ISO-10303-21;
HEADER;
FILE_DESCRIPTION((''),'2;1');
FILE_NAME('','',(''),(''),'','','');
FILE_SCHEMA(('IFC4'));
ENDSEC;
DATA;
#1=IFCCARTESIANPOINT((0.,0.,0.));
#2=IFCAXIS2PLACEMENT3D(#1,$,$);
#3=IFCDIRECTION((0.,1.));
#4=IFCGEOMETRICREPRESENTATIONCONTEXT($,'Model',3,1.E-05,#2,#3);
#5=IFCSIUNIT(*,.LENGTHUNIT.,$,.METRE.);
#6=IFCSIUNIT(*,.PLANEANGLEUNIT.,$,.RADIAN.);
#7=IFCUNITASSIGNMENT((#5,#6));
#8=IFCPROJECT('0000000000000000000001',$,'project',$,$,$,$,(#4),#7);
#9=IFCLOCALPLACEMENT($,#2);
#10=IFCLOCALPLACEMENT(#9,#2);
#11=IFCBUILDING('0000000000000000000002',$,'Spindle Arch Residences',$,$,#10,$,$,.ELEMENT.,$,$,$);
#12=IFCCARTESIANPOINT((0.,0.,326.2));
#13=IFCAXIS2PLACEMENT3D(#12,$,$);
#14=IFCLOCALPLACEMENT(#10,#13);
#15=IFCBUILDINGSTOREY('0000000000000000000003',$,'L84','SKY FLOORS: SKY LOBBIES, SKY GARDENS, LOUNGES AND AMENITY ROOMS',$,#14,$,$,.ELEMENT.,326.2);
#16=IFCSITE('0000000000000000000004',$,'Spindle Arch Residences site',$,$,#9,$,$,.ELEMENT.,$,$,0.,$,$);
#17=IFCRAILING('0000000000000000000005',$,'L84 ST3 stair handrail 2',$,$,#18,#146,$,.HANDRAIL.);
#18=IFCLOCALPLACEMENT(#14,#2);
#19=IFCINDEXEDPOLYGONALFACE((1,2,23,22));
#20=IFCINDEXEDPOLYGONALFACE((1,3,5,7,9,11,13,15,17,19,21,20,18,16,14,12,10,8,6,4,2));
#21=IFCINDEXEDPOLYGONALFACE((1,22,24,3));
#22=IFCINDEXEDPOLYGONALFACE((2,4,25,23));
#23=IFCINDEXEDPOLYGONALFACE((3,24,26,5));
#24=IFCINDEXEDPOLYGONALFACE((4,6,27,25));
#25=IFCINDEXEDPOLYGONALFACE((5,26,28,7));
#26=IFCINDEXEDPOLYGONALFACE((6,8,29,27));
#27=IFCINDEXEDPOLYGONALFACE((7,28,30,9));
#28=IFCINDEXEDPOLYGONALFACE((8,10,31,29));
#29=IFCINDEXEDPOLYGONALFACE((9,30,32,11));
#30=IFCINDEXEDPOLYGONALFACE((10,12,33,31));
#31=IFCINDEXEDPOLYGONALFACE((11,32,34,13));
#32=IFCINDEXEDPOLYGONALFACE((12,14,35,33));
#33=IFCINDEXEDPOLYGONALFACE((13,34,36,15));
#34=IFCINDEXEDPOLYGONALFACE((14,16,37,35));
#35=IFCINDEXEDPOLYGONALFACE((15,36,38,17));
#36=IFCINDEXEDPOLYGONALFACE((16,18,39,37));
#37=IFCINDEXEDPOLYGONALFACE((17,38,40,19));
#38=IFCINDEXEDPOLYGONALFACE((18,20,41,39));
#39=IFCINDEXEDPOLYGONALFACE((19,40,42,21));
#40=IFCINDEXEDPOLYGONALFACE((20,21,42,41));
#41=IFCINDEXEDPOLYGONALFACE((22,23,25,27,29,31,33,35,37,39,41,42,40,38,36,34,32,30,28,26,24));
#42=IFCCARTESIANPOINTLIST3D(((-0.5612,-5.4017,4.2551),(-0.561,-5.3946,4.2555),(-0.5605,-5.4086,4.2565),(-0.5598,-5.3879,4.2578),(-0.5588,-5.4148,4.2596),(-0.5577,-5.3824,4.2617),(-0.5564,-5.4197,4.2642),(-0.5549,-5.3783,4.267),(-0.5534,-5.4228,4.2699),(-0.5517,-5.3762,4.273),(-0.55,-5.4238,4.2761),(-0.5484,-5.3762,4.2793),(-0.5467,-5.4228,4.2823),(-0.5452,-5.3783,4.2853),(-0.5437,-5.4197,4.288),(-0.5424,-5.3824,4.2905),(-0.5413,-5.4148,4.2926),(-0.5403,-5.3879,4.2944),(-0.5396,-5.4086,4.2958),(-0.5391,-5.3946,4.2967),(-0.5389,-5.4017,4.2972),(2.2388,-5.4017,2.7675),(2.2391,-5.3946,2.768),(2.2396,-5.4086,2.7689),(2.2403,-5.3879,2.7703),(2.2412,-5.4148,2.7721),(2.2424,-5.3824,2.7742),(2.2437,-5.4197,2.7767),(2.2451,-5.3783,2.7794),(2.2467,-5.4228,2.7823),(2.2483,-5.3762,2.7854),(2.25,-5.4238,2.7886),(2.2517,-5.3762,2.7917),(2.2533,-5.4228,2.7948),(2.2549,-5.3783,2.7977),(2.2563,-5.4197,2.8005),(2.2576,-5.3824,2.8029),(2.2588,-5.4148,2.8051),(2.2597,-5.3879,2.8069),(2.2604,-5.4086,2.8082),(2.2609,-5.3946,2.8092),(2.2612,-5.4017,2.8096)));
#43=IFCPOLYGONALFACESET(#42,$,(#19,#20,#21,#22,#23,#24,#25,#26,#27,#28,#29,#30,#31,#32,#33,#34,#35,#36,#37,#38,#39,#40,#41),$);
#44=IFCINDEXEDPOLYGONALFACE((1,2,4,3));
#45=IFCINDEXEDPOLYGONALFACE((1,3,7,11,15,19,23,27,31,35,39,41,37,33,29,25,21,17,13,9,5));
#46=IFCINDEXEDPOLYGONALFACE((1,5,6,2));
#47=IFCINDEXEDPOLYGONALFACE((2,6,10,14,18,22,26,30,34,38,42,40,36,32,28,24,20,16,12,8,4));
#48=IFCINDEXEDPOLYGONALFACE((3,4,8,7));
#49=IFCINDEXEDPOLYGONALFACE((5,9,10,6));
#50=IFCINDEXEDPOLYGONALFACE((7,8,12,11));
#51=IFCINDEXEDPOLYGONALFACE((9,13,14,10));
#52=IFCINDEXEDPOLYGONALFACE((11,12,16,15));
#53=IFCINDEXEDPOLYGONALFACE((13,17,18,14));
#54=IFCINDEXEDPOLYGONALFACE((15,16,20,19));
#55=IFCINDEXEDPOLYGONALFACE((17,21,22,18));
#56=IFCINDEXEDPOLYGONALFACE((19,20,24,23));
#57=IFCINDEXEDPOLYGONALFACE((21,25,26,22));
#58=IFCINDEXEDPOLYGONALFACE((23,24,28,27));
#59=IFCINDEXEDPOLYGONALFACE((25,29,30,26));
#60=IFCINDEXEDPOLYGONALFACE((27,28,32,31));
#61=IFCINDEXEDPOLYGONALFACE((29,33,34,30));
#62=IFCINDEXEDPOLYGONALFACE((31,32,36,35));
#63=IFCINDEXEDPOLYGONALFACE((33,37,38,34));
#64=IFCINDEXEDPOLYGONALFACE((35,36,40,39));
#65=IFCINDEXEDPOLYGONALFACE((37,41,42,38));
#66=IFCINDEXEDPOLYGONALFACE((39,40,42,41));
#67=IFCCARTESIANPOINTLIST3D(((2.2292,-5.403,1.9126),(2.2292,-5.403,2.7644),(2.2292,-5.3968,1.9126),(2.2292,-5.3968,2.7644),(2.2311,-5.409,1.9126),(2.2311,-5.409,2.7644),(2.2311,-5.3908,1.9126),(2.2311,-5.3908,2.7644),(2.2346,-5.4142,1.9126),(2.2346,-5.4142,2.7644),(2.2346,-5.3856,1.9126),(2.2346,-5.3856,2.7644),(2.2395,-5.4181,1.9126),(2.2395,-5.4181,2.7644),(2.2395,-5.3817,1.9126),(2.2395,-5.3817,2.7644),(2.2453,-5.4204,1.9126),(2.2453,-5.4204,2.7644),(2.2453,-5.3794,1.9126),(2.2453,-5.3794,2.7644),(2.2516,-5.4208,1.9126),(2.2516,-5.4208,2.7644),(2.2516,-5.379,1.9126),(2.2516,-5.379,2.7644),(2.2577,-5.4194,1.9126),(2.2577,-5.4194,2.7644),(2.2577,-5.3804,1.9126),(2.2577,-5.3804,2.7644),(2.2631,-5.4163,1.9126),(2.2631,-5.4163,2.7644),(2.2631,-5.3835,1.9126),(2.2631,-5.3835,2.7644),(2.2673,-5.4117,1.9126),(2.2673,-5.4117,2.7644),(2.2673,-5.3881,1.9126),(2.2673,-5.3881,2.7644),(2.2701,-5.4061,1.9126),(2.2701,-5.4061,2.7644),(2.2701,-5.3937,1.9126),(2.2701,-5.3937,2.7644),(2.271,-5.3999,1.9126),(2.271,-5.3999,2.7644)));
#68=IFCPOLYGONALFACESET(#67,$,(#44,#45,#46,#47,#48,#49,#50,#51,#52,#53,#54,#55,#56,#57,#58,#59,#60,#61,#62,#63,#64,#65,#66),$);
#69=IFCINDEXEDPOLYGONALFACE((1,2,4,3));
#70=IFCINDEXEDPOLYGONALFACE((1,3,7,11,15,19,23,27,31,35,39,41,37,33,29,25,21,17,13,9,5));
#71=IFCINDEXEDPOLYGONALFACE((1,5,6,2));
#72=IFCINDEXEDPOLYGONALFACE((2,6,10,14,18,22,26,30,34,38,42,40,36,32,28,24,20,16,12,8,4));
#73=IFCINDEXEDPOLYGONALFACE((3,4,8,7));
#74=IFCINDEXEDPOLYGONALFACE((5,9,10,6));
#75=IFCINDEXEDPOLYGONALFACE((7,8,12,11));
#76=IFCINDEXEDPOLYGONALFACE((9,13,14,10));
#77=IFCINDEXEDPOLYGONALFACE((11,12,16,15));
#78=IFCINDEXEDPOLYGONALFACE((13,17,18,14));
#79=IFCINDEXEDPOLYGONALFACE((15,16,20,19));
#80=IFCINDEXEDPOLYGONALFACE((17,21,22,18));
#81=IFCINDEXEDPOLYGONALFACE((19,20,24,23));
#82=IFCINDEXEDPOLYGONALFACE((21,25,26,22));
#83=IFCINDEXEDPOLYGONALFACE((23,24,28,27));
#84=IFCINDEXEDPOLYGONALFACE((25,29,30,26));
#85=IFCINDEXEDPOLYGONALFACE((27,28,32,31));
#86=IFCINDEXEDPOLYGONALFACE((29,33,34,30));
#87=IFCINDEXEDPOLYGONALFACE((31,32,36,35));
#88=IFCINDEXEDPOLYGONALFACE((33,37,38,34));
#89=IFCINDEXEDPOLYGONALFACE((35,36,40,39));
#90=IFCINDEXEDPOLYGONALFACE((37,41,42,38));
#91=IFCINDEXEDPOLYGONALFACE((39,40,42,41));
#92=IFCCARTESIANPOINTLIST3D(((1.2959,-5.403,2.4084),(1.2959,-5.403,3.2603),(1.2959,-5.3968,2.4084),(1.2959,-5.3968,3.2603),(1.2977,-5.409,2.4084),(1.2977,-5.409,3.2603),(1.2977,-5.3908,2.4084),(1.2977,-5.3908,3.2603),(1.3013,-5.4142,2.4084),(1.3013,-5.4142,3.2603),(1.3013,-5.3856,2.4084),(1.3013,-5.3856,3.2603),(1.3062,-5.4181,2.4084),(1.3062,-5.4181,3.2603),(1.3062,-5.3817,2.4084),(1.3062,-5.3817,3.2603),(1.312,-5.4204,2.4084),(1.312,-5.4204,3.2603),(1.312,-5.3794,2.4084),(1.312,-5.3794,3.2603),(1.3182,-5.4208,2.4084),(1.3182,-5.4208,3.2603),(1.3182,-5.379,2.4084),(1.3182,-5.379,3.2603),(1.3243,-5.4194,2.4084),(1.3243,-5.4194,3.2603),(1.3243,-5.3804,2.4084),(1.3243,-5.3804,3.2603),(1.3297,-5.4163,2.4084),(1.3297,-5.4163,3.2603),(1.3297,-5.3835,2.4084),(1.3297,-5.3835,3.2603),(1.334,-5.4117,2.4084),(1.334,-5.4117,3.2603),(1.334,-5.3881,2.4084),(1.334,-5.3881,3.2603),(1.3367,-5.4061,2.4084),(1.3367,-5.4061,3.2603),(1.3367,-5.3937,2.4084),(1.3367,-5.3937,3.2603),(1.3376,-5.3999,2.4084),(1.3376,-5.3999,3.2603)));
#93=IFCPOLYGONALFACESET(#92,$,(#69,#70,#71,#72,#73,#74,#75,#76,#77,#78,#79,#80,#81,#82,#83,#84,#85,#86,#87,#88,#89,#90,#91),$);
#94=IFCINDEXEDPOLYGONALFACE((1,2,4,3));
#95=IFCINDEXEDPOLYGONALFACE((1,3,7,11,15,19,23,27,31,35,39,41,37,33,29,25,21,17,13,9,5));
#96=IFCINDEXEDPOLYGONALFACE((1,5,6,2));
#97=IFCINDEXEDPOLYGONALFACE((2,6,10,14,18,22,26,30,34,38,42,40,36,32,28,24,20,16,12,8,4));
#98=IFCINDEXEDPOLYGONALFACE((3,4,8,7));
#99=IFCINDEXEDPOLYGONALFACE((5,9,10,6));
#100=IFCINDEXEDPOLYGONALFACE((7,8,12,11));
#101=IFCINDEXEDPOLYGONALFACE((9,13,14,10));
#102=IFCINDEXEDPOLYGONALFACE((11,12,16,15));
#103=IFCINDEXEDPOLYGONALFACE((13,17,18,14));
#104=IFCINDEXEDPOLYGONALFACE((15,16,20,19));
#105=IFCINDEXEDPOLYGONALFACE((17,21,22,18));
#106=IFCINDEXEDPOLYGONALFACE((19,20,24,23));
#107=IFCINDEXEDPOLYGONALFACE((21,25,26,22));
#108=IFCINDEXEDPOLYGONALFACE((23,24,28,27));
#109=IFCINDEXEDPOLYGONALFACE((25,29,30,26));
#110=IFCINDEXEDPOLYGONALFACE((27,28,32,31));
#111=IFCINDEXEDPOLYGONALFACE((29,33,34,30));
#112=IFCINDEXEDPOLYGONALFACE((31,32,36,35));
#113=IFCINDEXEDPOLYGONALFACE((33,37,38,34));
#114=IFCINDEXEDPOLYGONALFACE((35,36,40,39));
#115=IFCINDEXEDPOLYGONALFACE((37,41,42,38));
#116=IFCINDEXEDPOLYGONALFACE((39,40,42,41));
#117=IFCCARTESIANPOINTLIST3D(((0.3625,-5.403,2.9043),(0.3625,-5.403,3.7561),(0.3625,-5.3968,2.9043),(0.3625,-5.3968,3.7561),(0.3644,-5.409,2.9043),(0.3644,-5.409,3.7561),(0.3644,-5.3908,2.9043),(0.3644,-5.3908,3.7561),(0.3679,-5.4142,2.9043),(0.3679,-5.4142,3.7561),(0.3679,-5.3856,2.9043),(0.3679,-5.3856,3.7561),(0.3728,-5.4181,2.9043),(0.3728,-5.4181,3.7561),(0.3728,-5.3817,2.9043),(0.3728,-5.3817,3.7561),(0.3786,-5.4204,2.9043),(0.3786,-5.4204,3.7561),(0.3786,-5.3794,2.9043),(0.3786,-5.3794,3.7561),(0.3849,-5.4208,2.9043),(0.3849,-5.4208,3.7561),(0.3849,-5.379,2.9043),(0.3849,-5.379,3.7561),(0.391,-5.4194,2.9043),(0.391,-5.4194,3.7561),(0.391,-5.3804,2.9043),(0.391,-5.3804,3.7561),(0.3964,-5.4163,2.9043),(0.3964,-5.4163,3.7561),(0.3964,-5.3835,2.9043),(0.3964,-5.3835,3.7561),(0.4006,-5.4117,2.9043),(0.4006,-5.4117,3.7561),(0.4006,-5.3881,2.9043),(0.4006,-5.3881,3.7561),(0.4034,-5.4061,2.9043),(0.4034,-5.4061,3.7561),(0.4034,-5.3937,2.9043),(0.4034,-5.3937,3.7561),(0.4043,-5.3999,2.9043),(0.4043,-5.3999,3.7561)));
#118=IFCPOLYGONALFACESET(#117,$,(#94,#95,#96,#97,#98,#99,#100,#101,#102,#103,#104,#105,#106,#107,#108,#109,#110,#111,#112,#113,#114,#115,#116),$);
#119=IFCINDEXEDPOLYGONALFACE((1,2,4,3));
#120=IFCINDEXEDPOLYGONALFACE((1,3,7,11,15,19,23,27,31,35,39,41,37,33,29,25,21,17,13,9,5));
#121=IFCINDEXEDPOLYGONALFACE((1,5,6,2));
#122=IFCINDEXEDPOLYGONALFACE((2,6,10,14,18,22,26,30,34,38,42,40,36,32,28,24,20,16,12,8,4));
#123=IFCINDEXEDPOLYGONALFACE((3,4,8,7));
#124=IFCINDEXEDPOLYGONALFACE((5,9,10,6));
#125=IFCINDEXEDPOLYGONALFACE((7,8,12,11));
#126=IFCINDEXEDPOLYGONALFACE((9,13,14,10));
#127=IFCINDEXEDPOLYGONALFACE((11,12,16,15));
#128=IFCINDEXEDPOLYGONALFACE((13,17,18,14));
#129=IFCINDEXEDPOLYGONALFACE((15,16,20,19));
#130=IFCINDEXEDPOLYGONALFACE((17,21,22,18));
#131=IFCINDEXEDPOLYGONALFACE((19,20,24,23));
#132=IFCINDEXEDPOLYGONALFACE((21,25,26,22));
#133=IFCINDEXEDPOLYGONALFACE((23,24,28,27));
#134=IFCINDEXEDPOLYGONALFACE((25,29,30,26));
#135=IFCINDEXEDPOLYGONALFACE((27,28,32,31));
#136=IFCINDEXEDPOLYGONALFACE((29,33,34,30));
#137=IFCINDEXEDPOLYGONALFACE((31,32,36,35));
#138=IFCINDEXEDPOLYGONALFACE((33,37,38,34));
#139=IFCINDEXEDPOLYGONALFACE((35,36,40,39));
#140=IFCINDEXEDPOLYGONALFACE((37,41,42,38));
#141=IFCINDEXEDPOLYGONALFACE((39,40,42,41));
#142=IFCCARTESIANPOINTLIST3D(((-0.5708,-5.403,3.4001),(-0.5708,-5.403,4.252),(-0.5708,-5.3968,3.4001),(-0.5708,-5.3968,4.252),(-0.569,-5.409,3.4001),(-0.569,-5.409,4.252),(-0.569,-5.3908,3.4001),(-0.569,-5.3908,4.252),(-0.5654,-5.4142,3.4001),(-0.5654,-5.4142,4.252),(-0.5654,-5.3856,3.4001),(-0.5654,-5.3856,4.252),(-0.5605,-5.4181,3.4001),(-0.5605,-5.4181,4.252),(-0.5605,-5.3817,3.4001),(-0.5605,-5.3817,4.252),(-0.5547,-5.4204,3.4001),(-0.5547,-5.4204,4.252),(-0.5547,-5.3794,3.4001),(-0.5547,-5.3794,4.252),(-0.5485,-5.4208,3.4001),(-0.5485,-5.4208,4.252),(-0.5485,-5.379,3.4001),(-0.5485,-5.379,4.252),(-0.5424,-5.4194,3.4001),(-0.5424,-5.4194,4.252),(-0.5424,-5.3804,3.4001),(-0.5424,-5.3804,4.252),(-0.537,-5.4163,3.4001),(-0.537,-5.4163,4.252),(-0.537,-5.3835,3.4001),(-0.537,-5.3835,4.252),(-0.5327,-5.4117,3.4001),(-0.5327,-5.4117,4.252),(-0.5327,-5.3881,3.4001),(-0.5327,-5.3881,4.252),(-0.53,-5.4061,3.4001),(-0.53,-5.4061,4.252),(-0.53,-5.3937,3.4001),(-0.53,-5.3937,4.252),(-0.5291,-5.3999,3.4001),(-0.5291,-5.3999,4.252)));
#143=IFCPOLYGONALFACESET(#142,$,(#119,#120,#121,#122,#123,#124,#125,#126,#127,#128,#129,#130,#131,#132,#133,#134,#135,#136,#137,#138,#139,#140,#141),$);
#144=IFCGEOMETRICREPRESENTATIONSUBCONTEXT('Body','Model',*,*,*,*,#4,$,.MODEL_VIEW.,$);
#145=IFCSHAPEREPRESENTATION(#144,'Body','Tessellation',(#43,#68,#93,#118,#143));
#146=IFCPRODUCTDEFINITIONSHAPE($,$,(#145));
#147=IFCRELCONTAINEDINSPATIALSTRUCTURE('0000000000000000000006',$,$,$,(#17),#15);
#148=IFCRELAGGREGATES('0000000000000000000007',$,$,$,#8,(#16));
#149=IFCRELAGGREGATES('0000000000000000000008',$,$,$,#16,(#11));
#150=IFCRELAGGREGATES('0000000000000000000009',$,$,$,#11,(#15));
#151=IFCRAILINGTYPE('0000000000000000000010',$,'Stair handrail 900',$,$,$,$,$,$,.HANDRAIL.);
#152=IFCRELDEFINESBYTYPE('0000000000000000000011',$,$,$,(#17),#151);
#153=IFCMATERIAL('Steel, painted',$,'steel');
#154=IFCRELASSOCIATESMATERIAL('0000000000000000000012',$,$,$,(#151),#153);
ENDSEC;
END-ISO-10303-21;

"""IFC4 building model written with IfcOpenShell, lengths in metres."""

from ifc_helpers import new_model, si_unit, direction, frame, origin, origin_2d, place, context, subcontext, project, spatial, circle, extrude, material, type_object, element, save


model = new_model("IFC4")

# Units and contexts
model_context = context("Model", 3, precision=1e-05, world=origin(), true_north=direction((0.0, 1.0)))
body_context = subcontext(model_context, "Body", "Model", "MODEL_VIEW")
ifc_project = project(units=[si_unit("LENGTHUNIT", "METRE"), si_unit("PLANEANGLEUNIT", "RADIAN")], contexts=[model_context])

# Site, building, storey
site_placement = place(None, origin())
site = spatial("IfcSite", under=ifc_project, at=site_placement, Name="Spindle Arch Residences site", CompositionType="ELEMENT", RefElevation=0.0)
building_placement = place(site_placement, origin())
building = spatial("IfcBuilding", under=site, at=building_placement, Name="Spindle Arch Residences", CompositionType="ELEMENT")
storey_placement = place(building_placement, frame((0.0, 0.0, 326.2)))
storey = spatial("IfcBuildingStorey", under=building, at=storey_placement, Name="L84", Description="SKY FLOORS: SKY LOBBIES, SKY GARDENS, LOUNGES AND AMENITY ROOMS", CompositionType="ELEMENT", Elevation=326.2)

# Railing
ifc_material_1 = material(Name="Steel, painted", Category="steel")
railing_type = type_object("IfcRailingType", Name="Stair handrail 900", PredefinedType="HANDRAIL", material=ifc_material_1)
for number, where, name in (
    (1, (2.25, -5.3999, 1.9126), "L84 ST3 stair handrail 2"),
):
    element("IfcRailing", number, at=place(storey_placement, frame(where)), inside=storey, type_object=railing_type, Name=name, PredefinedType="HANDRAIL", context=body_context, shape_type="SweptSolid", body=[
        extrude(circle(Radius=0.0239, at=origin_2d()), frame((0.0, 0.0, 0.876), z_axis=(-0.883113, 0.0, 0.469161), x_axis=(0.0, -1.0, 0.0)), (0.0, 0.0, 1.0), 3.1707),
        extrude(circle(Radius=0.021, at=origin_2d()), origin(), (0.0, 0.0, 1.0), 0.8518),
        extrude(circle(Radius=0.021, at=origin_2d()), frame((-0.9333, 0.0, 0.4958)), (0.0, 0.0, 1.0), 0.8518),
        extrude(circle(Radius=0.021, at=origin_2d()), frame((-1.8667, 0.0, 0.9917)), (0.0, 0.0, 1.0), 0.8518),
        extrude(circle(Radius=0.021, at=origin_2d()), frame((-2.8, 0.0, 1.4875)), (0.0, 0.0, 1.0), 0.8518),
    ])

save(model, "model.ifc")
